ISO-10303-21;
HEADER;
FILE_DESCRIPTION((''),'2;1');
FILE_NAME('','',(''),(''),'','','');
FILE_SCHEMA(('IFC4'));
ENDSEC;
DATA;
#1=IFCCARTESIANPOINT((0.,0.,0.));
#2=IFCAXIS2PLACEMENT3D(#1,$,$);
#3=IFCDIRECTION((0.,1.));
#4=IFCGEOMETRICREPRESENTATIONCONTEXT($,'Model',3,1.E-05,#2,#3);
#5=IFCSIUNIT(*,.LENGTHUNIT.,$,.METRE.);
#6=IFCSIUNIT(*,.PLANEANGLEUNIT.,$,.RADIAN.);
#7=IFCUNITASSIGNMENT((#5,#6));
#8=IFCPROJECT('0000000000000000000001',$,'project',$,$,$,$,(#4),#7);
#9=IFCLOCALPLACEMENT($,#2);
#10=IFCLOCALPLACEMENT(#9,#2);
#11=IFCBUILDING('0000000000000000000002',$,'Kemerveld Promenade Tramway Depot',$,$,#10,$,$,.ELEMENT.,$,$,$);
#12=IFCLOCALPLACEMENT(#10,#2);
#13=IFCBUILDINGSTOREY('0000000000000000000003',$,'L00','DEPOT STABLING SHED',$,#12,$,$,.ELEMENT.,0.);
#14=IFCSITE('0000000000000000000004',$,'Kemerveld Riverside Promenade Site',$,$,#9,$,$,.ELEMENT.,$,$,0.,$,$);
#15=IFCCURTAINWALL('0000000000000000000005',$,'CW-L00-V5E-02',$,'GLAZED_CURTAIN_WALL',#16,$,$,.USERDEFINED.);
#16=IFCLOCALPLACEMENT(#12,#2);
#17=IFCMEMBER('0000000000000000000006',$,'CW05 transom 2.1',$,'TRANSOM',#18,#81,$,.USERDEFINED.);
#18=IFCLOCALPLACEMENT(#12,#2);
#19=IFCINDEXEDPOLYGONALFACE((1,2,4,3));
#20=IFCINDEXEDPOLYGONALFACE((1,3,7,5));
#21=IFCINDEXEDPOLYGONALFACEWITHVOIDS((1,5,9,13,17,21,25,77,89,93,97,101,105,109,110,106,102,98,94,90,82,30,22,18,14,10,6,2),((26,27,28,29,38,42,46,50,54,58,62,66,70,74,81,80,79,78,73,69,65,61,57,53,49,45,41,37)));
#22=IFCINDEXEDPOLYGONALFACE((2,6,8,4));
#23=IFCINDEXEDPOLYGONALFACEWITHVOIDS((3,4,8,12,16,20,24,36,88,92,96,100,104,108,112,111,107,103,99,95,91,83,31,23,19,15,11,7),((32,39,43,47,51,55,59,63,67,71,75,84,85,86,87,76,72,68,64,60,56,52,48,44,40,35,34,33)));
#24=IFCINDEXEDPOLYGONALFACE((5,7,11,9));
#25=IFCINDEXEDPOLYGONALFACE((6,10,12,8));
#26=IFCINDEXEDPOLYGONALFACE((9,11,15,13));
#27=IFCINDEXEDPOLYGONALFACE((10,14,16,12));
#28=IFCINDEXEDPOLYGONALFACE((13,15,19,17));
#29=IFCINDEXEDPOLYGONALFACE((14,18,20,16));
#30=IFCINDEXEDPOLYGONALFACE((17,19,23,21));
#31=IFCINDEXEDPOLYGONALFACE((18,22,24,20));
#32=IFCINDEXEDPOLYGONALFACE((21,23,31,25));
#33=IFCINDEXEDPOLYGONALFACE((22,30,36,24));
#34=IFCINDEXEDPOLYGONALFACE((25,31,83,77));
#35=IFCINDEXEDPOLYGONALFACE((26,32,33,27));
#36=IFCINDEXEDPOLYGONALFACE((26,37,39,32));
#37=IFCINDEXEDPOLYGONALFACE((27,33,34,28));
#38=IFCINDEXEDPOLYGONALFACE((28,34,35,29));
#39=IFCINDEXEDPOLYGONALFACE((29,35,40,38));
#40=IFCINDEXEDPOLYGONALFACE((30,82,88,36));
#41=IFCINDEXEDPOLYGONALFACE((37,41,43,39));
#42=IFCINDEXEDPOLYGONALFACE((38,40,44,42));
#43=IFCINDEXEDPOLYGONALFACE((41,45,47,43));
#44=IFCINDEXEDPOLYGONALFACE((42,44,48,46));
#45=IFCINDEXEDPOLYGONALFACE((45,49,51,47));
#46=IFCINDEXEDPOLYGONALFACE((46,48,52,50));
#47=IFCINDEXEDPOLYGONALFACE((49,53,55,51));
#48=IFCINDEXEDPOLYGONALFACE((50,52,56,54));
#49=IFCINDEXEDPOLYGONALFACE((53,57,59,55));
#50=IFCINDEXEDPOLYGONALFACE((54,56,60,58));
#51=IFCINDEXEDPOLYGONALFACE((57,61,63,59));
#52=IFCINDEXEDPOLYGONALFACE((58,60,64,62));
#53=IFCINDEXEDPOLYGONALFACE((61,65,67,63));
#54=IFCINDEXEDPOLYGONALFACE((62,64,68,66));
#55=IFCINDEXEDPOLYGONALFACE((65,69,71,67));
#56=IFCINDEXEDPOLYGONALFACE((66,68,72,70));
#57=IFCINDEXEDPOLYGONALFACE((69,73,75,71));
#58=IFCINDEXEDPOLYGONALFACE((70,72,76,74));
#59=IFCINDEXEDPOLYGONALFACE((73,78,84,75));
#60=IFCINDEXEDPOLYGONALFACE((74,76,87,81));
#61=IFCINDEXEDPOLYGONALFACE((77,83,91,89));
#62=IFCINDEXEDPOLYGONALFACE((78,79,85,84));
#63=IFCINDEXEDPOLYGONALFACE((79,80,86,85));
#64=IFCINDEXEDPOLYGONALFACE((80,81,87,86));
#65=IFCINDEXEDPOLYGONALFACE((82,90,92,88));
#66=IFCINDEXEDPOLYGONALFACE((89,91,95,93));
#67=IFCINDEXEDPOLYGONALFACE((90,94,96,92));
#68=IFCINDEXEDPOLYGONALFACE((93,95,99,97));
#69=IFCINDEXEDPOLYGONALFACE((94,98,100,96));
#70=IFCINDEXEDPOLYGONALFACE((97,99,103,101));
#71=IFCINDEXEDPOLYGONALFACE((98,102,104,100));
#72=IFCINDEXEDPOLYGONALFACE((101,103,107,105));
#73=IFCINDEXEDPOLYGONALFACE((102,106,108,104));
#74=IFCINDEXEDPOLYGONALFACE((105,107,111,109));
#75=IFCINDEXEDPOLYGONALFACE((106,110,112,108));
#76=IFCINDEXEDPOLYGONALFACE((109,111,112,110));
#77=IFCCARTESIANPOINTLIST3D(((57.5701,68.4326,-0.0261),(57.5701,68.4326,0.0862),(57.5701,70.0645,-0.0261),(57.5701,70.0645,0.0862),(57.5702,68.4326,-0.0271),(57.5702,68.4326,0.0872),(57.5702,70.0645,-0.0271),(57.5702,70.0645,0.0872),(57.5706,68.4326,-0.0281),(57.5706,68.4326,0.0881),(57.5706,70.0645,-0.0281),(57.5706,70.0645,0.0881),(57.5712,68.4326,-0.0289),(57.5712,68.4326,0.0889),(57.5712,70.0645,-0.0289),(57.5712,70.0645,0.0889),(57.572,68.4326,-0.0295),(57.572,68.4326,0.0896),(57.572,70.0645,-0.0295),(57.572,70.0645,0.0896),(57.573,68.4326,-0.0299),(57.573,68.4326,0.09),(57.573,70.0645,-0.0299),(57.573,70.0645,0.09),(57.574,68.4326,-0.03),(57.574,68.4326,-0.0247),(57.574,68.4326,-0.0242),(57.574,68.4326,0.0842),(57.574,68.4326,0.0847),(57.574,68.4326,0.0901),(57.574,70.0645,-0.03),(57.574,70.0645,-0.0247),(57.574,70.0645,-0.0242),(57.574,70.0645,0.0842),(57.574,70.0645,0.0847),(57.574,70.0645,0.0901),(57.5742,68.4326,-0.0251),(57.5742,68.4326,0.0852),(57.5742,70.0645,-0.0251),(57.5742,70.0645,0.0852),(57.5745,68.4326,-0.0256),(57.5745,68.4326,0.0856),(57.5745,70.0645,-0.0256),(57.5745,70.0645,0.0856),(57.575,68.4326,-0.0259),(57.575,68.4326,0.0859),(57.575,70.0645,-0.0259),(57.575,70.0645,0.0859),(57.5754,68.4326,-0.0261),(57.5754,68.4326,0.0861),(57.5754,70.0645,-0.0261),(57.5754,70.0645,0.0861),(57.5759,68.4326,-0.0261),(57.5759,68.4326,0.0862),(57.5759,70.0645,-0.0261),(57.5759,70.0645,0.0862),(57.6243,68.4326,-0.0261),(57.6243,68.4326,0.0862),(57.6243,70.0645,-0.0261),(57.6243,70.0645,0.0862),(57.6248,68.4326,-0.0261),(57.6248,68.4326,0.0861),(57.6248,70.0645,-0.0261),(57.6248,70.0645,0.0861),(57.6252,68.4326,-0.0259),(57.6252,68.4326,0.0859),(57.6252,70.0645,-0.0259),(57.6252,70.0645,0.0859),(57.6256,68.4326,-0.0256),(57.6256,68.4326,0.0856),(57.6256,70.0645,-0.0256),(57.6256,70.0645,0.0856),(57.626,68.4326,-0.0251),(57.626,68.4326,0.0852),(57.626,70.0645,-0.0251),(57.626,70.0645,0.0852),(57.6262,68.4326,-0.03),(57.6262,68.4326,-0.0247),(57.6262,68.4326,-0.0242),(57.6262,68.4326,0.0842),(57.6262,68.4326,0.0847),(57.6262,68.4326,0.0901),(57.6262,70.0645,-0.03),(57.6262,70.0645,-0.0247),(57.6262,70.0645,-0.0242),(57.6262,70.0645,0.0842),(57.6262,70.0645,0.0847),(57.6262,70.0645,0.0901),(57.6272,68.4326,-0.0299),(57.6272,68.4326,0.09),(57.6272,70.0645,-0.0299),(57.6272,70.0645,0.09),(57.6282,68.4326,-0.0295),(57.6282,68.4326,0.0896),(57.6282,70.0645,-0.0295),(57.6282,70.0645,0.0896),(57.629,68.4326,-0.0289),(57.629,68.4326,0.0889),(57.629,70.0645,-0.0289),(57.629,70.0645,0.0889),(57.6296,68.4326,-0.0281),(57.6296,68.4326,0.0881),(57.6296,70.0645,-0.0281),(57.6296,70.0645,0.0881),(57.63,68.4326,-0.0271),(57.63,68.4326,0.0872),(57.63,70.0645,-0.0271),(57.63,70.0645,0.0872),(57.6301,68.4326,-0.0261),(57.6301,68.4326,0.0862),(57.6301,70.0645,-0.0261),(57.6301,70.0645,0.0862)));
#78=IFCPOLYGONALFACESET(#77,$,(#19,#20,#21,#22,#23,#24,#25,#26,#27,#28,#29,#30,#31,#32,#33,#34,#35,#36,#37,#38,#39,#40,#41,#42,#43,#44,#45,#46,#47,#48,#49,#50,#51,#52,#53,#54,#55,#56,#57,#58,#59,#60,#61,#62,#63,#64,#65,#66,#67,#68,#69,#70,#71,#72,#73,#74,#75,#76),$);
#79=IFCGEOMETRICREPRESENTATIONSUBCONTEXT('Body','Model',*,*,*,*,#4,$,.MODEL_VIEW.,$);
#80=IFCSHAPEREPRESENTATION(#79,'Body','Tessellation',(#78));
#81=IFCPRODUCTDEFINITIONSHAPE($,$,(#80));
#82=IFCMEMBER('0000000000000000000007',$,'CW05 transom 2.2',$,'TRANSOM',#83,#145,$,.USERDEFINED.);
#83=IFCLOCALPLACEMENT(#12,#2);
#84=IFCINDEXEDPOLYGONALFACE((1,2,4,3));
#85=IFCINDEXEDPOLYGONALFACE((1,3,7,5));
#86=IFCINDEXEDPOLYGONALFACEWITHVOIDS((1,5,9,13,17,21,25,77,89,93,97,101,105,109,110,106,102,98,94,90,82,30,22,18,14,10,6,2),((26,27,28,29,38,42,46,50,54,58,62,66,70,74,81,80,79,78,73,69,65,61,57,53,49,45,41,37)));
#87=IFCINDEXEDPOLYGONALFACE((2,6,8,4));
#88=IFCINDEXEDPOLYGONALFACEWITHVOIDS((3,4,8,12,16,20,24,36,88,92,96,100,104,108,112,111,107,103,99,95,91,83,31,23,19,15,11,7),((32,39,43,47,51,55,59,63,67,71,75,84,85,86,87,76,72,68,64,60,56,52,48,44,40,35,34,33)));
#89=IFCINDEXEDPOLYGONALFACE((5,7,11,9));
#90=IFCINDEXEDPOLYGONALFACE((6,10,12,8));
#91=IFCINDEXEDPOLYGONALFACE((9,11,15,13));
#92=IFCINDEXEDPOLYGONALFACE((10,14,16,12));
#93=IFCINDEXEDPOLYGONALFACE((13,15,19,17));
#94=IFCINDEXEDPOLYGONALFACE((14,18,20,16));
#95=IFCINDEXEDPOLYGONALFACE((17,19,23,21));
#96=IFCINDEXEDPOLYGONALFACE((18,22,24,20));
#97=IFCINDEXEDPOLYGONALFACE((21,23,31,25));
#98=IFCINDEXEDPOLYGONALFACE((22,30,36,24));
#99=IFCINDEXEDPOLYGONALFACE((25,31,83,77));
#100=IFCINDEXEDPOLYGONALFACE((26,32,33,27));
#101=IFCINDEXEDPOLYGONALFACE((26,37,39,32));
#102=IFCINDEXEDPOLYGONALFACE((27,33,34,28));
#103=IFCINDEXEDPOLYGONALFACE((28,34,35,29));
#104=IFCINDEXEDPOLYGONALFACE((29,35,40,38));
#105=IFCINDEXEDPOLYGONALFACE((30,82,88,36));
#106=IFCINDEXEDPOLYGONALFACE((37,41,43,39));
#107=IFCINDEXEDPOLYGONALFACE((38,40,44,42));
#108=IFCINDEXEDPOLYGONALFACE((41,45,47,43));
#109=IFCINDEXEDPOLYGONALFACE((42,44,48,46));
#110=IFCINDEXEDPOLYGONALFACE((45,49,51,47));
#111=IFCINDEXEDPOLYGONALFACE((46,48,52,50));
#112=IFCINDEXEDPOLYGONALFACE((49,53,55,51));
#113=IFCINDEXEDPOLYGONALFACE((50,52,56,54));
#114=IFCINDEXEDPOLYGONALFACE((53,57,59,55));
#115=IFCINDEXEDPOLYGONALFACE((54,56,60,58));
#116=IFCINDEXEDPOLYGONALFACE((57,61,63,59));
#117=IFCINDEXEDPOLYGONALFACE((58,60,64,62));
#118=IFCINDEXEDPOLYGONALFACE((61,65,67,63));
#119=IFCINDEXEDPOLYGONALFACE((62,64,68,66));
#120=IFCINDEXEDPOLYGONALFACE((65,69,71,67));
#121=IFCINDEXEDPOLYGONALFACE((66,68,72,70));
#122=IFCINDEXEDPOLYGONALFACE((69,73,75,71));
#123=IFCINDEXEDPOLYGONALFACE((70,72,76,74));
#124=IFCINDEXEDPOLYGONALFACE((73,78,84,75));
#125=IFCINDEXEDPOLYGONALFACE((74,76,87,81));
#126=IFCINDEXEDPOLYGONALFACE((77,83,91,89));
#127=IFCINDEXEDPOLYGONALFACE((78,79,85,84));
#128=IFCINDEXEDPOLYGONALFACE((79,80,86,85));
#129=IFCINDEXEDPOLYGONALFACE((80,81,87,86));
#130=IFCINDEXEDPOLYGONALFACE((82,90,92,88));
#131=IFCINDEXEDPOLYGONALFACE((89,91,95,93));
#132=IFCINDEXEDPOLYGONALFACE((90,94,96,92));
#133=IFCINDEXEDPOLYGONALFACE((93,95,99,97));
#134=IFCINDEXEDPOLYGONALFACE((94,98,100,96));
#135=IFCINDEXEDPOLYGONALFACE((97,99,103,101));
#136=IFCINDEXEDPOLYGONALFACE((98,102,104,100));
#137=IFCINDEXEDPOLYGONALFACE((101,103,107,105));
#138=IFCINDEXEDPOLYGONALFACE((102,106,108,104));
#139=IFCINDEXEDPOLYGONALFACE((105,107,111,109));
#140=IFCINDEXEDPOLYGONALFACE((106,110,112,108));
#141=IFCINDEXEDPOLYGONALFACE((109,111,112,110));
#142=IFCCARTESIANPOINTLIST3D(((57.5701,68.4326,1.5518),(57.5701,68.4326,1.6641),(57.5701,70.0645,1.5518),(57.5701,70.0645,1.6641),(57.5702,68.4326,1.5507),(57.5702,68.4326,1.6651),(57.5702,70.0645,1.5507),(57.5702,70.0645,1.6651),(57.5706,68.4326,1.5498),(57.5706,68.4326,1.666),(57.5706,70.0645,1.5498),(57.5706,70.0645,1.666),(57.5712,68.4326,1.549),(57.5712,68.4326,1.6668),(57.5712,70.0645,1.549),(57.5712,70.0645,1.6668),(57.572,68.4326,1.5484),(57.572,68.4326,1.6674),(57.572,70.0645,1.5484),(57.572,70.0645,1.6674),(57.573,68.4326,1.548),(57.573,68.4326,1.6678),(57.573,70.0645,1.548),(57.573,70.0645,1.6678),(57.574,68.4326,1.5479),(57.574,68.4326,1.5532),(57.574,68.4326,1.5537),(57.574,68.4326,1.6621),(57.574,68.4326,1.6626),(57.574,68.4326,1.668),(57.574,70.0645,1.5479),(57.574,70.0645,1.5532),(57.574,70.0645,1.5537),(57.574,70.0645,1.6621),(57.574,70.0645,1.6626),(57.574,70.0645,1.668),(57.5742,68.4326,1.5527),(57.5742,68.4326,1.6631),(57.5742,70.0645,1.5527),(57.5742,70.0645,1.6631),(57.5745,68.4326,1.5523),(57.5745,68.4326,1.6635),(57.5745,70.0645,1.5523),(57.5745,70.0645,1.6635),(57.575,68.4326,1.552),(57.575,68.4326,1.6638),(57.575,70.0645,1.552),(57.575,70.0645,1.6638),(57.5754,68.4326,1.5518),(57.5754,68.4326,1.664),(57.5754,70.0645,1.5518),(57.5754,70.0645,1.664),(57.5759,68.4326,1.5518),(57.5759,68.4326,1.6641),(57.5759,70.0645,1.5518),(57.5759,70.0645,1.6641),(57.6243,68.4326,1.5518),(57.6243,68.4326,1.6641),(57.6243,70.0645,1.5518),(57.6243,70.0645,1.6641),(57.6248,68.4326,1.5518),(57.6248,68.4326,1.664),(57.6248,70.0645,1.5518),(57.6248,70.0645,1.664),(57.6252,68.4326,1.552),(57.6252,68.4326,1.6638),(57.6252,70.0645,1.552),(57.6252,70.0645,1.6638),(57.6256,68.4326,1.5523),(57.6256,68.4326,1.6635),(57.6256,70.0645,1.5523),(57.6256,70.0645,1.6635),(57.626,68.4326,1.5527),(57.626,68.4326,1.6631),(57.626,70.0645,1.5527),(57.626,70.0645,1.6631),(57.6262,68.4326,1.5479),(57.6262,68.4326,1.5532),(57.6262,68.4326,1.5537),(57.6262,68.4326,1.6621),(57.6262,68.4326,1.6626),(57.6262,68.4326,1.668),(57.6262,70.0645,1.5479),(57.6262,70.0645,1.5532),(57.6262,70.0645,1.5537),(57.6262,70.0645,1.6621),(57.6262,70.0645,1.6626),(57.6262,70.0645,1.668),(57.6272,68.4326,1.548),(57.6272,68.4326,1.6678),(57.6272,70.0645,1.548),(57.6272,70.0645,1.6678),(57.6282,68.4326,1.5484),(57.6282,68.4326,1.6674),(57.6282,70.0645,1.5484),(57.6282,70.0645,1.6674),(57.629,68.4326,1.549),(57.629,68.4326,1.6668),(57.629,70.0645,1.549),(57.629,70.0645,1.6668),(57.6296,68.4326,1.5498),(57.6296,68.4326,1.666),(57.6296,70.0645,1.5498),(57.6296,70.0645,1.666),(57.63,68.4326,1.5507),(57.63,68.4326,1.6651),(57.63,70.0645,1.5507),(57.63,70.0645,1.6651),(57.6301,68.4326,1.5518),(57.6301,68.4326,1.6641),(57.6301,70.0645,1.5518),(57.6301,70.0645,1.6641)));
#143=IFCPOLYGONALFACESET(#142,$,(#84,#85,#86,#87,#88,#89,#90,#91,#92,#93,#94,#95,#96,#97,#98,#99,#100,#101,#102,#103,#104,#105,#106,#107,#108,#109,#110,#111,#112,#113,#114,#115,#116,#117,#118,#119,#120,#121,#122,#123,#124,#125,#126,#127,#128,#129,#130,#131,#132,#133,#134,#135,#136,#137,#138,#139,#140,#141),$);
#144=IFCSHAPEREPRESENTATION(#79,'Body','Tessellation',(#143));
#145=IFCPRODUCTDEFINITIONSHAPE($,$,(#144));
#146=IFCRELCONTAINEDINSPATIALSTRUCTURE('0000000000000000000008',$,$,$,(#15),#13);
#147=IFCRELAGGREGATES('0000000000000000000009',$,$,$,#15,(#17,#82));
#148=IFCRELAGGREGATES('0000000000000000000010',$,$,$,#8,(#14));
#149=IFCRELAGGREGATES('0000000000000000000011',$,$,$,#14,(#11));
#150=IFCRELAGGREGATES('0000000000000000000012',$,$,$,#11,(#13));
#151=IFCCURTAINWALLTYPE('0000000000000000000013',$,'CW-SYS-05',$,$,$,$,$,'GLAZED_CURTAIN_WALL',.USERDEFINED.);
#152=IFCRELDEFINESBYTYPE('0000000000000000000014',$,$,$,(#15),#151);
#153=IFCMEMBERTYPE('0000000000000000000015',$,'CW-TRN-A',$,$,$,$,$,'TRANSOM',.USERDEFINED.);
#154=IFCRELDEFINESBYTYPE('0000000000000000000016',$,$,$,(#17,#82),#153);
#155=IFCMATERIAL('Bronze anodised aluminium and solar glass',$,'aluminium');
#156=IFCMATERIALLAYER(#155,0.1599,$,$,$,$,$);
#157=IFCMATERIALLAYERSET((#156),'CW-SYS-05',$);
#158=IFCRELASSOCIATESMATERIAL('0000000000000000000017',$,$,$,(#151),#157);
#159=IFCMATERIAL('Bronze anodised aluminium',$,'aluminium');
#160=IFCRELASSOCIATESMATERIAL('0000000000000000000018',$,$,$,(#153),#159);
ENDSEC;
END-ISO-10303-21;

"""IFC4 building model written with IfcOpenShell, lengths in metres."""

from ifc_helpers import new_model, si_unit, direction, frame, origin, origin_2d, place, context, subcontext, project, spatial, hollow_rectangle, extrude, material, layer, layer_set, material_profile, profile_set, type_object, element, aggregate, save


model = new_model("IFC4")

# Units and contexts
model_context = context("Model", 3, precision=1e-05, world=origin(), true_north=direction((0.0, 1.0)))
body_context = subcontext(model_context, "Body", "Model", "MODEL_VIEW")
ifc_project = project(units=[si_unit("LENGTHUNIT", "METRE"), si_unit("PLANEANGLEUNIT", "RADIAN")], contexts=[model_context])

# Site, building, storey
site_placement = place(None, origin())
site = spatial("IfcSite", under=ifc_project, at=site_placement, Name="Kemerveld Riverside Promenade Site", CompositionType="ELEMENT", RefElevation=0.0)
building_placement = place(site_placement, origin())
building = spatial("IfcBuilding", under=site, at=building_placement, Name="Kemerveld Promenade Tramway Depot", CompositionType="ELEMENT")
storey_placement = place(building_placement, origin())
storey = spatial("IfcBuildingStorey", under=building, at=storey_placement, Name="L00", Description="DEPOT STABLING SHED", CompositionType="ELEMENT", Elevation=0.0)

# Curtain wall, members
ifc_material_1 = material(Name="Bronze anodised aluminium and solar glass", Category="aluminium")
ifc_layer_1 = layer(ifc_material_1, 0.1599)
ifc_layer_set_1 = layer_set([ifc_layer_1], Name="CW-SYS-05")
curtain_wall_type = type_object("IfcCurtainWallType", Name="CW-SYS-05", ElementType="GLAZED_CURTAIN_WALL", PredefinedType="USERDEFINED", material=ifc_layer_set_1)
curtain_wall_placement = place(storey_placement, origin())
curtain_wall = element("IfcCurtainWall", 1, at=curtain_wall_placement, inside=storey, type_object=curtain_wall_type, Name="CW-L00-V5E-02", ObjectType="GLAZED_CURTAIN_WALL", PredefinedType="USERDEFINED")
ifc_material_2 = material(Name="Bronze anodised aluminium", Category="aluminium")
ifc_material_profile_1 = material_profile(ifc_material_2, hollow_rectangle(XDim=0.0601, YDim=0.1201, WallThickness=0.0039, InnerFilletRadius=0.002, OuterFilletRadius=0.0039, at=origin_2d()), Name="CW-TRN-120x60")
ifc_profile_set_1 = profile_set([ifc_material_profile_1], Name="Bronze anodised aluminium")
member_type_1 = type_object("IfcMemberType", Name="CW-TRN-A", ElementType="TRANSOM", PredefinedType="USERDEFINED", material=ifc_profile_set_1)
member_1_placement = place(storey_placement, frame((57.6001, 70.0645, 0.03), z_axis=(0.0, -1.0, 0.0), x_axis=(1.0, 0.0, 0.0)))
member_1 = element("IfcMember", 2, at=member_1_placement, type_object=member_type_1, Name="CW05 transom 2.1", ObjectType="TRANSOM", PredefinedType="USERDEFINED", context=body_context, shape_type="SweptSolid", body=[
    extrude(hollow_rectangle(XDim=0.0601, YDim=0.1201, WallThickness=0.0039, InnerFilletRadius=0.002, OuterFilletRadius=0.0039, at=origin_2d()), origin(), (0.0, 0.0, 1.0), 1.6318),
])
member_2_placement = place(storey_placement, frame((57.6001, 70.0645, 1.6079), z_axis=(0.0, -1.0, 0.0), x_axis=(1.0, 0.0, 0.0)))
member_2 = element("IfcMember", 3, at=member_2_placement, type_object=member_type_1, Name="CW05 transom 2.2", ObjectType="TRANSOM", PredefinedType="USERDEFINED", context=body_context, shape_type="SweptSolid", body=[
    extrude(hollow_rectangle(XDim=0.0601, YDim=0.1201, WallThickness=0.0039, InnerFilletRadius=0.002, OuterFilletRadius=0.0039, at=origin_2d()), origin(), (0.0, 0.0, 1.0), 1.6318),
])
aggregate(curtain_wall, [member_1, member_2])

save(model, "model.ifc")
